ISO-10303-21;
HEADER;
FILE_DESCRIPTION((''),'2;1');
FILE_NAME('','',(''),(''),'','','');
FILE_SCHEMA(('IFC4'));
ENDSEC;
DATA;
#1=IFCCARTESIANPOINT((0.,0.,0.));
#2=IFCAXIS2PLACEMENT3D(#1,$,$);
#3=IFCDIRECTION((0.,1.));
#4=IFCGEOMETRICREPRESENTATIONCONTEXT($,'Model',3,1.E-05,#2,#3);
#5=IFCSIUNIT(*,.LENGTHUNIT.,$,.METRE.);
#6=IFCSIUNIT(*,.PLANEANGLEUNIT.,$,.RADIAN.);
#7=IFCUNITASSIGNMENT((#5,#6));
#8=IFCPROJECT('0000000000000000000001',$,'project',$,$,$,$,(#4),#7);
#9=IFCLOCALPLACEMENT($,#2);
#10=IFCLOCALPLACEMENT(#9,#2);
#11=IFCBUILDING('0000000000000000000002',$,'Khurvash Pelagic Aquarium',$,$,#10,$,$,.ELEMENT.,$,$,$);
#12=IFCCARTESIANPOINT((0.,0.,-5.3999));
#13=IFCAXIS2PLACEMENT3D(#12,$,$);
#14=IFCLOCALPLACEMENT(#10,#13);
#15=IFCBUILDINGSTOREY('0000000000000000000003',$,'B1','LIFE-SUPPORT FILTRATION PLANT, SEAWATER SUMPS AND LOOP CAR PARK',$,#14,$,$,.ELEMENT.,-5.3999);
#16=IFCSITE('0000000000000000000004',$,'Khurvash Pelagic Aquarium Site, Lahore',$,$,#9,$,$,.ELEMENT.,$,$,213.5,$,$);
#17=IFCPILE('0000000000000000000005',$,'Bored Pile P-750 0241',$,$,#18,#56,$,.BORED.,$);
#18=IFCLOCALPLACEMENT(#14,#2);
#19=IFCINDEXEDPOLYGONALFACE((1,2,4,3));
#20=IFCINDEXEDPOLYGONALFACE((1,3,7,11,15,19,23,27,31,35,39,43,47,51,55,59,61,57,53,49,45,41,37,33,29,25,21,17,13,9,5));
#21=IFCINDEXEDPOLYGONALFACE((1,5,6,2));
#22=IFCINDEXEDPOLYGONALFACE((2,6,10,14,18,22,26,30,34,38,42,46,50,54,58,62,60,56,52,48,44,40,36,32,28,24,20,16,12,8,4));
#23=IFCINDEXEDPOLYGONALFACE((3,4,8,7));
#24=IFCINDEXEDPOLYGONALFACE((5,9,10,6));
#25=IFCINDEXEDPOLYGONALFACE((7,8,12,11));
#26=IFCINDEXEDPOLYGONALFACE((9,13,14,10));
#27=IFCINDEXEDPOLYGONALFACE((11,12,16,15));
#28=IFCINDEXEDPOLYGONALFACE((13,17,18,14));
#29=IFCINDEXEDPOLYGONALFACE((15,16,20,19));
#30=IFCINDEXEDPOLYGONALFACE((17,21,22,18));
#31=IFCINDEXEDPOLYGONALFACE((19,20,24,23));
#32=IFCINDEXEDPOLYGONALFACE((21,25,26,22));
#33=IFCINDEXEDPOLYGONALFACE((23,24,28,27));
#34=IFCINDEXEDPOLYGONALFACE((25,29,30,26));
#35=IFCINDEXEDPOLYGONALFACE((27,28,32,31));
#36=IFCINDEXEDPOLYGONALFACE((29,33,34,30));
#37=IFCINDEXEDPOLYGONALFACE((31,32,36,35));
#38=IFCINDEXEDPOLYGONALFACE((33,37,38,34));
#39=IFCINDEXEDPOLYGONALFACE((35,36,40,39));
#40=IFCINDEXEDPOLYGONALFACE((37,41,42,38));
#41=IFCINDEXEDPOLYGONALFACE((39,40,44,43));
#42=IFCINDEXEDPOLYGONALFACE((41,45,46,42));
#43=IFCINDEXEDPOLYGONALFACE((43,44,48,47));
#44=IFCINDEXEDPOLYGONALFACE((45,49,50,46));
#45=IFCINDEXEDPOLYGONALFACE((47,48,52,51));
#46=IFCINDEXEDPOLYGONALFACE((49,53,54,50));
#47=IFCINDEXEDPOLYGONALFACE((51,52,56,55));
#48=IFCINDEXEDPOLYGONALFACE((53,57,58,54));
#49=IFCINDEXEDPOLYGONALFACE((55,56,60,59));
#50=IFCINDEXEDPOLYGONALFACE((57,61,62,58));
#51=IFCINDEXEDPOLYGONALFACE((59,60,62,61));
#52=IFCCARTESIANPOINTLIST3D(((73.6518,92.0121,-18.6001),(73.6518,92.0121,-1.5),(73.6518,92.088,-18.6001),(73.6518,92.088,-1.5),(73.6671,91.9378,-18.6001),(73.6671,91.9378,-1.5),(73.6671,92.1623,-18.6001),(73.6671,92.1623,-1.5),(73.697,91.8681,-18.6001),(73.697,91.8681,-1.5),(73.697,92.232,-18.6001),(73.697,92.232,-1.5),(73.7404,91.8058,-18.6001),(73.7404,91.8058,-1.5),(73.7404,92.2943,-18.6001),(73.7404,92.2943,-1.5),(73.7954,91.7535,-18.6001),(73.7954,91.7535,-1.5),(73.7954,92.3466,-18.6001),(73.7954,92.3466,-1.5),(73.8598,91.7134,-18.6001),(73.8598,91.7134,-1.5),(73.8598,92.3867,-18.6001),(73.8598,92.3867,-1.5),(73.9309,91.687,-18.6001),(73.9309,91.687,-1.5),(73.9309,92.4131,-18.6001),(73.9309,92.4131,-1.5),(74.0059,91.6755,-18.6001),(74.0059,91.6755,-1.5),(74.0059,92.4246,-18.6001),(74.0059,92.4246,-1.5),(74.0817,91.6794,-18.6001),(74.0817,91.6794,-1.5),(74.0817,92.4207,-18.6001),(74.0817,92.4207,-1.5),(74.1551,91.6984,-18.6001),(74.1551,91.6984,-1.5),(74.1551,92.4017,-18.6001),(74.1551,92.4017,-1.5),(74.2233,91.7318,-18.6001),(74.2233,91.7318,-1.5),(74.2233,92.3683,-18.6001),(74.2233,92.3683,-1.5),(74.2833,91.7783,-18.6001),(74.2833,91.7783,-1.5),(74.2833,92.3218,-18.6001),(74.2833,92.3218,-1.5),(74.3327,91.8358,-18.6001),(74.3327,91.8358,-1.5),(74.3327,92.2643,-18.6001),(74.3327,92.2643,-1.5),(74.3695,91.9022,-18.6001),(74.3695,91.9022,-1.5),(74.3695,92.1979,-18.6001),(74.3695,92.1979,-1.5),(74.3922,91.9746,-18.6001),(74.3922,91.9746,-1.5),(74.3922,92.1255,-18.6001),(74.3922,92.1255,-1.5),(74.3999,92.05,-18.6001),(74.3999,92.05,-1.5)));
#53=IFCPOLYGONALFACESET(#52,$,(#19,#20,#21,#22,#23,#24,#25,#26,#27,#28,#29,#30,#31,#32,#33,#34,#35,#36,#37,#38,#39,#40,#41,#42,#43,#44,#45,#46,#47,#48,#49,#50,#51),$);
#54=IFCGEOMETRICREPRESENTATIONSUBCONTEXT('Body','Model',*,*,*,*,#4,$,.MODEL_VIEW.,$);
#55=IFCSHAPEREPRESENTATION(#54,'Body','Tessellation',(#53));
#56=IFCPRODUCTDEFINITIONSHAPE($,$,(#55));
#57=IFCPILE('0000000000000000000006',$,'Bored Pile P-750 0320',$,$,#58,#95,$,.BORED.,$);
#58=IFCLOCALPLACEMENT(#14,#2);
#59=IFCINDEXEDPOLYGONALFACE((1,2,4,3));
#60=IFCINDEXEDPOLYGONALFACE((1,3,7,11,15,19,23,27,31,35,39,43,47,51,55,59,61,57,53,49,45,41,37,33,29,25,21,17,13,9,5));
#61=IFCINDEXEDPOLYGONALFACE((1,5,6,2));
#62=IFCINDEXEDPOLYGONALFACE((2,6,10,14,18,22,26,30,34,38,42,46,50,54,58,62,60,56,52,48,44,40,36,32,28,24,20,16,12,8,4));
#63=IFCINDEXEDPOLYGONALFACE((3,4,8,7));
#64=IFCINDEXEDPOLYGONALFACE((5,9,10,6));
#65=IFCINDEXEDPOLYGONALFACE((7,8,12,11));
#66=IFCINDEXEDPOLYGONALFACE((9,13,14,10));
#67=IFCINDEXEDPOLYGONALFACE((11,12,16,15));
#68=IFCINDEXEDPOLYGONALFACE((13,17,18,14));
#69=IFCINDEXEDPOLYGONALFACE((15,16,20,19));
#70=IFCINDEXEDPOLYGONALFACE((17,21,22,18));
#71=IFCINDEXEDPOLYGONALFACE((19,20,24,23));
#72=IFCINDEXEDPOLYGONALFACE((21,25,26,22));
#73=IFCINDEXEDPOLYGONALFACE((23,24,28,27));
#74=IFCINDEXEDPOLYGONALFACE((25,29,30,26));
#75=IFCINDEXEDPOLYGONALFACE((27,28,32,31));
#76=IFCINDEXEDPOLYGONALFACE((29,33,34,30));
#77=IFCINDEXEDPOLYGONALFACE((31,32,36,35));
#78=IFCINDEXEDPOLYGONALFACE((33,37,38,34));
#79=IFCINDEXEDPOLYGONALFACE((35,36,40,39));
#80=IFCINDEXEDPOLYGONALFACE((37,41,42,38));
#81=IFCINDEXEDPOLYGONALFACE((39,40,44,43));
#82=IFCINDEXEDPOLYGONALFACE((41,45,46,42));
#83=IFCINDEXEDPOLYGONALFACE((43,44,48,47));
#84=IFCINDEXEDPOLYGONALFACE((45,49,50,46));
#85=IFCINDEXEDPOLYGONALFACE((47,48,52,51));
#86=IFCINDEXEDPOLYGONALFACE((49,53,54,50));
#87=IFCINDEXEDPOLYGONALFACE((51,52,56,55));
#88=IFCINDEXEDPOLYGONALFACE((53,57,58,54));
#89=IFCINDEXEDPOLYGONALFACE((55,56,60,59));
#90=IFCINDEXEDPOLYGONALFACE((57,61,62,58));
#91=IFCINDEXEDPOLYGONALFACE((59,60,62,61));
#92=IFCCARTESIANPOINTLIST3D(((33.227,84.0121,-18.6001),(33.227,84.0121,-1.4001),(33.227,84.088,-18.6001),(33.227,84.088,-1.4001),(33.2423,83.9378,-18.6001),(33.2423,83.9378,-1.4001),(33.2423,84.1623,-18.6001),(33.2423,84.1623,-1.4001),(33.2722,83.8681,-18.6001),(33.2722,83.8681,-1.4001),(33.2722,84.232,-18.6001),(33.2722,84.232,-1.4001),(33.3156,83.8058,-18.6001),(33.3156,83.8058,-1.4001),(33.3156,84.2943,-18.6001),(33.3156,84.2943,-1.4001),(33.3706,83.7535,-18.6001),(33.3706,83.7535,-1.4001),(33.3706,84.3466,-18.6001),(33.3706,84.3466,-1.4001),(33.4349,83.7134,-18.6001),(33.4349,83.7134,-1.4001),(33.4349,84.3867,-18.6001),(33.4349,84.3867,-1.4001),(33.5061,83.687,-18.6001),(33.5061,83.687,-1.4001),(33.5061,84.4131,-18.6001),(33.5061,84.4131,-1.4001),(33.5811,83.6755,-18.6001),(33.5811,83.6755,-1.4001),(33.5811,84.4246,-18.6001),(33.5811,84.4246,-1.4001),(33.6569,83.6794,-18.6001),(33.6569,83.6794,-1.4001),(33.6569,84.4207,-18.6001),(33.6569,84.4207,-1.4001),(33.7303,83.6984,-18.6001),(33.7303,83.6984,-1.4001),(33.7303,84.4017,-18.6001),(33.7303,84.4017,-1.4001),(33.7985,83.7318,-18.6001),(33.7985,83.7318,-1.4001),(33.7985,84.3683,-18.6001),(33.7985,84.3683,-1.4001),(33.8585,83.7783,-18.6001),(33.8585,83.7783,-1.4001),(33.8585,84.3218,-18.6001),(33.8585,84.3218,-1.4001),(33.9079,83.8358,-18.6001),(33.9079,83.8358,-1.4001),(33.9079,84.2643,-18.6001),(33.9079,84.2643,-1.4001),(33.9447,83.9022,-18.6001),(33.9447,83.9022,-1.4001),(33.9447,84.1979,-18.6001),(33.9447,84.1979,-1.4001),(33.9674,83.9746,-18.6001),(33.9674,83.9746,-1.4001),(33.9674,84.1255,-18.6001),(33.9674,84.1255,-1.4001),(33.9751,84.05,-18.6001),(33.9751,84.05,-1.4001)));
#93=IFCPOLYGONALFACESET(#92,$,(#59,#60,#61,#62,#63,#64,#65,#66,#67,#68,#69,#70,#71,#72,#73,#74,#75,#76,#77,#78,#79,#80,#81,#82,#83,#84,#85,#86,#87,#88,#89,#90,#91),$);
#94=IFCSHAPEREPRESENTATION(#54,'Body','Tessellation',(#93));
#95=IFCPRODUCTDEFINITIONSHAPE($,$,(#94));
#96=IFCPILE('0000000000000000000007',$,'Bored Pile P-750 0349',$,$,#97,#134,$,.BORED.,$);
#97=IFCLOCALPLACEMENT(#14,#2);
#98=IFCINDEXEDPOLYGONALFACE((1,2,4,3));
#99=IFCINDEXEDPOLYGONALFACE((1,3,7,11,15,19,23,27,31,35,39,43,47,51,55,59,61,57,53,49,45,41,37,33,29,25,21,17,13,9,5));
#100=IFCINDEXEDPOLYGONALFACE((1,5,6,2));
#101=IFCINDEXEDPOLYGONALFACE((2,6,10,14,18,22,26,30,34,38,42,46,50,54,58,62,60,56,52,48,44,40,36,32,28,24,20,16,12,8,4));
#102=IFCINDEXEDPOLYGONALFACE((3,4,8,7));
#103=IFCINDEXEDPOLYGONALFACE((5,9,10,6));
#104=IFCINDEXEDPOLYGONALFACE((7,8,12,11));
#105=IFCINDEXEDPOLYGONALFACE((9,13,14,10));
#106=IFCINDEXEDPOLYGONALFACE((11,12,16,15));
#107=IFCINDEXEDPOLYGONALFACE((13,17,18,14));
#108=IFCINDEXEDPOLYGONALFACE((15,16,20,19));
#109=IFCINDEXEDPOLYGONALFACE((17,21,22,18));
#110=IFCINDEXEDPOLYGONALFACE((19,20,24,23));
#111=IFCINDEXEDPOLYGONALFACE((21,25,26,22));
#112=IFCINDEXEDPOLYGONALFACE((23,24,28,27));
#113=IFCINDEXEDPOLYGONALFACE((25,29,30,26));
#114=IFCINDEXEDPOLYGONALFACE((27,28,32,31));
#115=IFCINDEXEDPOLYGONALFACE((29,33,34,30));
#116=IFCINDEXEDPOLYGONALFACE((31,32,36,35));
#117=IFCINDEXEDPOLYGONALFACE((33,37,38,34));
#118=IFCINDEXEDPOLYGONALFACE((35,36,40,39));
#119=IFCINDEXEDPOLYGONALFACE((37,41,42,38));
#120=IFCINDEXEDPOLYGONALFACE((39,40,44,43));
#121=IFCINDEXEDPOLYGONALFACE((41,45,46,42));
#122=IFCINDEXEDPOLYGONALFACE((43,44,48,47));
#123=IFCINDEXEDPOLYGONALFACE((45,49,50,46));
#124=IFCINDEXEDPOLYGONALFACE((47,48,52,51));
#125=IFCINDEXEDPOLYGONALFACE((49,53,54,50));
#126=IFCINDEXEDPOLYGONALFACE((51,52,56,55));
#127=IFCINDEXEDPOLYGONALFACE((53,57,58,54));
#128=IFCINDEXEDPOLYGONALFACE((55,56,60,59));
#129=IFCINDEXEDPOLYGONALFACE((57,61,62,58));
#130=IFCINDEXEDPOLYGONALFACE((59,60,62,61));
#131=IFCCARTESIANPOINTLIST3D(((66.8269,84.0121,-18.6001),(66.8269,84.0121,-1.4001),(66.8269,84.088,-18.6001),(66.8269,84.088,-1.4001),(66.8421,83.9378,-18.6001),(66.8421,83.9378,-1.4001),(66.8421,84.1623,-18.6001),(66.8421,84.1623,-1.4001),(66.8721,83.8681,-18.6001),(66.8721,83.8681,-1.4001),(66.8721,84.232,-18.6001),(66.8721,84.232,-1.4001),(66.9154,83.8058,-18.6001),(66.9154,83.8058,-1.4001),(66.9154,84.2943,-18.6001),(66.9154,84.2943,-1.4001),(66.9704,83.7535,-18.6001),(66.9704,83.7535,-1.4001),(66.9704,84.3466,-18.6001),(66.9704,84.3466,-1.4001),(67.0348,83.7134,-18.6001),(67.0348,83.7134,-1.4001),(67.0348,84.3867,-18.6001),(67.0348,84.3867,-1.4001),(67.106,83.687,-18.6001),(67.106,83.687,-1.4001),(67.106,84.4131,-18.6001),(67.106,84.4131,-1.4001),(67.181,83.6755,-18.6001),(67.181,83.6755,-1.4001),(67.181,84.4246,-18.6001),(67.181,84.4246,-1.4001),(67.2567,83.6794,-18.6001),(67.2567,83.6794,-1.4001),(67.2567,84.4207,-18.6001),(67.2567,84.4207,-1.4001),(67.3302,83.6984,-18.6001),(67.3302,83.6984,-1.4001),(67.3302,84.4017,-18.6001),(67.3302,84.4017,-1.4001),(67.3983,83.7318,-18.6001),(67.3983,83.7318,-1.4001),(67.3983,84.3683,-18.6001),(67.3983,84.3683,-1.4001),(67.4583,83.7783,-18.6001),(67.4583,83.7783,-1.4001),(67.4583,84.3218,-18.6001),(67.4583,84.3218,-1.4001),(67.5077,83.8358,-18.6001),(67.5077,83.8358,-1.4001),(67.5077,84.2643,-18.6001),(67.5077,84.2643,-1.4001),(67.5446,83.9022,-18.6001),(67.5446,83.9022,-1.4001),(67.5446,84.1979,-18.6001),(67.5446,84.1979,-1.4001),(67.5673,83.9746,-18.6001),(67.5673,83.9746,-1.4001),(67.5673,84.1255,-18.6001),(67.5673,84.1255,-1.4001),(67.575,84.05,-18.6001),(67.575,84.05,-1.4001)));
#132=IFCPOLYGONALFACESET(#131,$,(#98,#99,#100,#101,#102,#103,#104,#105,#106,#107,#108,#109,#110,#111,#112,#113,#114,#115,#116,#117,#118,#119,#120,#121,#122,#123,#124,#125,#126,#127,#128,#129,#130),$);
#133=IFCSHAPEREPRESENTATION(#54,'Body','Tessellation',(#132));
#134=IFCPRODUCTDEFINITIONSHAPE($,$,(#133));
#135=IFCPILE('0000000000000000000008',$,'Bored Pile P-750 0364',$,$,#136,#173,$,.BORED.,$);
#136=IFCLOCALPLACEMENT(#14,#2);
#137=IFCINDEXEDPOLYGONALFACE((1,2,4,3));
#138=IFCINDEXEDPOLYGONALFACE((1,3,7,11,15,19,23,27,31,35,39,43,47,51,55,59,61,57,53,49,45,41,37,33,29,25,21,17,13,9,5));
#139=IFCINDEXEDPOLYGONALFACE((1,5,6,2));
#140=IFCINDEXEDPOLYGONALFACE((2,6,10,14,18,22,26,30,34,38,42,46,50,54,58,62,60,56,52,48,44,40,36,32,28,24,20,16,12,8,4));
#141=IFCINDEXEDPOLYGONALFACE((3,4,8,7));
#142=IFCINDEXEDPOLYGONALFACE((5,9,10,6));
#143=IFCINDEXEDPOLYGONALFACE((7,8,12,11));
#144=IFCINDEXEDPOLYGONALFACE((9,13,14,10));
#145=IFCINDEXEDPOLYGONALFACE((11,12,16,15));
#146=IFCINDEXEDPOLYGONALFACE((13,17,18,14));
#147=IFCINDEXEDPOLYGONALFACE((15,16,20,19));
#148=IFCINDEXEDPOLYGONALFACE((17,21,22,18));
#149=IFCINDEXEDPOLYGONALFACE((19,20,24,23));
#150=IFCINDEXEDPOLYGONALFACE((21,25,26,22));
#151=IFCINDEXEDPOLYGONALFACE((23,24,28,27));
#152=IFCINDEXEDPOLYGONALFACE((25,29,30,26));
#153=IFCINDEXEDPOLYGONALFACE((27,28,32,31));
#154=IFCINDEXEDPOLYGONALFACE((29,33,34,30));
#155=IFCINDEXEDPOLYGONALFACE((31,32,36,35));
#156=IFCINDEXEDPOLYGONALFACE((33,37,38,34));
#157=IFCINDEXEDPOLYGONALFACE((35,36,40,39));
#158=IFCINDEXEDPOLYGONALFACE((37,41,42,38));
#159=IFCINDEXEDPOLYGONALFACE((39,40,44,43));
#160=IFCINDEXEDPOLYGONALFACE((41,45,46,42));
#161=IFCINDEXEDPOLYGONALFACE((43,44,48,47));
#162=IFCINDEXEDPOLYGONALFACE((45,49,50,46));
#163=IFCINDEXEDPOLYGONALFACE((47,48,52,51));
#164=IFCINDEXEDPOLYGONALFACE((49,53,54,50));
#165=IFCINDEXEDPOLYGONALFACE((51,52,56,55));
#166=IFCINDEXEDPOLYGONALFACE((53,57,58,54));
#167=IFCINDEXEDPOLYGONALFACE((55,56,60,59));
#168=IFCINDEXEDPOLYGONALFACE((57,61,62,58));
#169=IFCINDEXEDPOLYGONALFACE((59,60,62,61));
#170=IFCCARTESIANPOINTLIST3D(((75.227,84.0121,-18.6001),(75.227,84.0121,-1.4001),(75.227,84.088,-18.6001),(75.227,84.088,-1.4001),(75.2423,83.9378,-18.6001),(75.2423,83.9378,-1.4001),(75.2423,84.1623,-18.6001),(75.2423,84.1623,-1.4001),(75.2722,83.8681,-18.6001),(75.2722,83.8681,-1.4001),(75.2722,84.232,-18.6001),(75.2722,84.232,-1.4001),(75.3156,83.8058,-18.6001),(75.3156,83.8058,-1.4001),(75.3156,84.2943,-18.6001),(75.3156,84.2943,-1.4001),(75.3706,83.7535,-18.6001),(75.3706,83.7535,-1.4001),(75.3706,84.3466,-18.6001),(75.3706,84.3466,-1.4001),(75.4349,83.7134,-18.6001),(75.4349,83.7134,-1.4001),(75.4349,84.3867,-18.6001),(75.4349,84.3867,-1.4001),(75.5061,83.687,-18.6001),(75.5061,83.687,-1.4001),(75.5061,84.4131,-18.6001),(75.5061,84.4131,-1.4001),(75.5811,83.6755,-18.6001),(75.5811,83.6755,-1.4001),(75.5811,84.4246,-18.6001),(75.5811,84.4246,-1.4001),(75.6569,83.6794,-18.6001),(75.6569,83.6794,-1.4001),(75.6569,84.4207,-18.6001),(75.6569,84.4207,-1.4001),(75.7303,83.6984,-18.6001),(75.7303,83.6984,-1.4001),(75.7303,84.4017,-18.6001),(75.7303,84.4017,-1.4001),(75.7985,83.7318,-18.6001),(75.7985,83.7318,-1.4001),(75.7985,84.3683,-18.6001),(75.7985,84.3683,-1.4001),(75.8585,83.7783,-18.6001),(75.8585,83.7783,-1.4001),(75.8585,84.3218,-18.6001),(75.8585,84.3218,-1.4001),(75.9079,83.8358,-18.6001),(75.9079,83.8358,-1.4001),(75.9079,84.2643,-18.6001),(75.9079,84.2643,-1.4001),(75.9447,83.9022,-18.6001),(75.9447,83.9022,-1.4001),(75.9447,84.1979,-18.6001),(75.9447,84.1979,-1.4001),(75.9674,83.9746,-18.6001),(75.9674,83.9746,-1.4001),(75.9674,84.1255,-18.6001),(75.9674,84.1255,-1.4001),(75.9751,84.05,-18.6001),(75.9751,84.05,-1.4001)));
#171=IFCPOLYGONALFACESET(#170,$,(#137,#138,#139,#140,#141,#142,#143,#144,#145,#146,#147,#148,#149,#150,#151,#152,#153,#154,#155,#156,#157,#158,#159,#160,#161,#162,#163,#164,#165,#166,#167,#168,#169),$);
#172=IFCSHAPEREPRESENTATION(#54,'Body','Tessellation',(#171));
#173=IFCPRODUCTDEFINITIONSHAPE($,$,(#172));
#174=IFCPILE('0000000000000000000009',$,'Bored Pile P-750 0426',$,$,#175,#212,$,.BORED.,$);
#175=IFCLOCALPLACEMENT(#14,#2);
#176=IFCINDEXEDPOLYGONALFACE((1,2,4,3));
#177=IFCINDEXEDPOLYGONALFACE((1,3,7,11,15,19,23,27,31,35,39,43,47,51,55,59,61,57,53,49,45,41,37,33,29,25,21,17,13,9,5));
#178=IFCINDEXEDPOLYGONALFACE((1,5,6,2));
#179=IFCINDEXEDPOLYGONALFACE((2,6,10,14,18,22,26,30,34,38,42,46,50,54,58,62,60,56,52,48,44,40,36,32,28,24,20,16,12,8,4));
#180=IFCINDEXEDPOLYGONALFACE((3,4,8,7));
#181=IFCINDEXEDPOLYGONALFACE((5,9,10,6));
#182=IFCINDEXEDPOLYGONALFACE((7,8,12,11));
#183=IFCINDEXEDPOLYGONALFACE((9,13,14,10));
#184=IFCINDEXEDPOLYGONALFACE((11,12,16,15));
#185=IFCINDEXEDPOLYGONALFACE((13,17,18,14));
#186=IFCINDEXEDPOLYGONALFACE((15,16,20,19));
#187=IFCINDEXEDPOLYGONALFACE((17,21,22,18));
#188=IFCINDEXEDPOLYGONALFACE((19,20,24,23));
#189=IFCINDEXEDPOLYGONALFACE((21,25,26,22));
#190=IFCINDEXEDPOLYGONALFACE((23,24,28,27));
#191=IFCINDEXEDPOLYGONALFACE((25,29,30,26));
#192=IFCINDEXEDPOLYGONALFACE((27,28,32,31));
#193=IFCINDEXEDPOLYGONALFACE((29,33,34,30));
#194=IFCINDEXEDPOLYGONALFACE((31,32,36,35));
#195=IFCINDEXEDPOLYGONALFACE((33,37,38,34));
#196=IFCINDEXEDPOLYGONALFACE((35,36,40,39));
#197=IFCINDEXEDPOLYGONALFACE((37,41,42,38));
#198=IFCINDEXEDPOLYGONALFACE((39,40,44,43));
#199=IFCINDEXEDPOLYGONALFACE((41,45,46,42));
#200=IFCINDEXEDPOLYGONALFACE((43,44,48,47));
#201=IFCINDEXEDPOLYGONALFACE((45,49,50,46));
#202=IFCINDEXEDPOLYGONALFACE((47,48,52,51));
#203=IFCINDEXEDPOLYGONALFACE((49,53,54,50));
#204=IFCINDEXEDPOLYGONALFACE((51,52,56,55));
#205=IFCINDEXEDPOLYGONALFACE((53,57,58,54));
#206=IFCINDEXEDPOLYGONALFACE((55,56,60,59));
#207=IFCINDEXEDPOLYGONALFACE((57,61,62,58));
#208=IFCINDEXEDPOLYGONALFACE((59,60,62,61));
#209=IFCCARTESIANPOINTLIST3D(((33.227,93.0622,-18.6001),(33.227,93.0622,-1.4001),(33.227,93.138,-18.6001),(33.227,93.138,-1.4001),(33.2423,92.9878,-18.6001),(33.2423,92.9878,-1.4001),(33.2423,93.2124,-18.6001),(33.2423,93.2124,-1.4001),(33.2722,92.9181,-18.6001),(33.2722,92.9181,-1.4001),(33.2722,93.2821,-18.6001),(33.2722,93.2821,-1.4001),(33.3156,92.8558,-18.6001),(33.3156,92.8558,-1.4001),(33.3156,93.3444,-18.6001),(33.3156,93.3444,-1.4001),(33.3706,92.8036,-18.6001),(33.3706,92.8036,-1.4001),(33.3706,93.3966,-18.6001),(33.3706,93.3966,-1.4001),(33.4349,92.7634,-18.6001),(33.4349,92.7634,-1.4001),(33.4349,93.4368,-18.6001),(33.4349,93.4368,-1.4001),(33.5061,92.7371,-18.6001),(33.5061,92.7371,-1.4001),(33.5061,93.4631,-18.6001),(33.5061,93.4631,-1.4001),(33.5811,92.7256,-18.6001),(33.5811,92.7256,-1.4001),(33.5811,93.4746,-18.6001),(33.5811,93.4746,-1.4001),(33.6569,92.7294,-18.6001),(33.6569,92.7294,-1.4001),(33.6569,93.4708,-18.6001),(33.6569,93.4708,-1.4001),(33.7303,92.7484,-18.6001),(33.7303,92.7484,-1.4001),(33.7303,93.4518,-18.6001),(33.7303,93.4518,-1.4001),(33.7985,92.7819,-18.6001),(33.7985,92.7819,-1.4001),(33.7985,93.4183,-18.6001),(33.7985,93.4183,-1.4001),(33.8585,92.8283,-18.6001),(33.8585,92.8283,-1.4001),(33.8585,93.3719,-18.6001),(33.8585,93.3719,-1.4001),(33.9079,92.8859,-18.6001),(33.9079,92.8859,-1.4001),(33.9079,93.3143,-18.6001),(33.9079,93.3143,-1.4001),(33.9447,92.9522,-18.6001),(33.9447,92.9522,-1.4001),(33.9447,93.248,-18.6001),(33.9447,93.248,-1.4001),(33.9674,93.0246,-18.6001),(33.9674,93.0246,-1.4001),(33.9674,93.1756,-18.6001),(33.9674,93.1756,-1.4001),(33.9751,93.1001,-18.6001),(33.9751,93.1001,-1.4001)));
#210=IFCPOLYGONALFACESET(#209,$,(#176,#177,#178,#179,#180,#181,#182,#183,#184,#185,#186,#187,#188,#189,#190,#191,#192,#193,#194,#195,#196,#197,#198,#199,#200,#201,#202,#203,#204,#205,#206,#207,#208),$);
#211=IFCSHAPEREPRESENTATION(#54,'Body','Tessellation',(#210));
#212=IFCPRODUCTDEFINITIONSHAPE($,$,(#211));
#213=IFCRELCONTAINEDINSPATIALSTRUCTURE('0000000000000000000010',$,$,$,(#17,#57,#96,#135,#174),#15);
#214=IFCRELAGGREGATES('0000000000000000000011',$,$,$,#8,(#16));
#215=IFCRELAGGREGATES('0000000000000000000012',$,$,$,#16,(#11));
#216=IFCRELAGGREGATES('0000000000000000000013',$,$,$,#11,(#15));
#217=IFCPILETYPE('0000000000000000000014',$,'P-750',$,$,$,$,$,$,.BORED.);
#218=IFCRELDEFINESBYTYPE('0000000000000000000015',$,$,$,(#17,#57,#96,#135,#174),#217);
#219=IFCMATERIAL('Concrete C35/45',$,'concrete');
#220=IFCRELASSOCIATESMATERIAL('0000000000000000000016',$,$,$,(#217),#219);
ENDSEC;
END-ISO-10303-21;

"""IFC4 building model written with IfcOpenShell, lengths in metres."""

from ifc_helpers import new_model, si_unit, direction, frame, origin, origin_2d, place, context, subcontext, project, spatial, circle, extrude, material, material_profile, profile_set, type_object, element, save


model = new_model("IFC4")

# Units and contexts
model_context = context("Model", 3, precision=1e-05, world=origin(), true_north=direction((0.0, 1.0)))
body_context = subcontext(model_context, "Body", "Model", "MODEL_VIEW")
ifc_project = project(units=[si_unit("LENGTHUNIT", "METRE"), si_unit("PLANEANGLEUNIT", "RADIAN")], contexts=[model_context])

# Site, building, storey
site_placement = place(None, origin())
site = spatial("IfcSite", under=ifc_project, at=site_placement, Name="Khurvash Pelagic Aquarium Site, Lahore", CompositionType="ELEMENT", RefElevation=213.5)
building_placement = place(site_placement, origin())
building = spatial("IfcBuilding", under=site, at=building_placement, Name="Khurvash Pelagic Aquarium", CompositionType="ELEMENT")
storey_placement = place(building_placement, frame((0.0, 0.0, -5.3999)))
storey = spatial("IfcBuildingStorey", under=building, at=storey_placement, Name="B1", Description="LIFE-SUPPORT FILTRATION PLANT, SEAWATER SUMPS AND LOOP CAR PARK", CompositionType="ELEMENT", Elevation=-5.3999)

# Shared definitions
ifc_material_1 = material(Name="Concrete C35/45", Category="concrete")

# Piles
ifc_material_profile_1 = material_profile(ifc_material_1, circle(Radius=0.375, at=origin_2d()), Name="PILE750")
ifc_profile_set_1 = profile_set([ifc_material_profile_1], Name="Concrete C35/45")
pile_type = type_object("IfcPileType", Name="P-750", PredefinedType="BORED", material=ifc_profile_set_1)
for number, where, z_axis, x_axis, name in (
    (1, (74.0249, 92.05, -1.5), (0.0, 0.0, -1.0), (1.0, 0.0, 0.0), "Bored Pile P-750 0241"),
):
    element("IfcPile", number, at=place(storey_placement, frame(where, z_axis=z_axis, x_axis=x_axis)), inside=storey, type_object=pile_type, Name=name, PredefinedType="BORED", context=body_context, shape_type="SweptSolid", body=[
        extrude(circle(Radius=0.375, at=origin_2d()), origin(), (0.0, 0.0, 1.0), 17.1001),
    ])
for number, where, z_axis, x_axis, name in (
    (2, (33.6001, 84.05, -1.4001), (0.0, 0.0, -1.0), (1.0, 0.0, 0.0), "Bored Pile P-750 0320"),
    (3, (67.2, 84.05, -1.4001), (0.0, 0.0, -1.0), (1.0, 0.0, 0.0), "Bored Pile P-750 0349"),
    (4, (75.6001, 84.05, -1.4001), (0.0, 0.0, -1.0), (1.0, 0.0, 0.0), "Bored Pile P-750 0364"),
    (5, (33.6001, 93.1001, -1.4001), (0.0, 0.0, -1.0), (1.0, 0.0, 0.0), "Bored Pile P-750 0426"),
):
    element("IfcPile", number, at=place(storey_placement, frame(where, z_axis=z_axis, x_axis=x_axis)), inside=storey, type_object=pile_type, Name=name, PredefinedType="BORED", context=body_context, shape_type="SweptSolid", body=[
        extrude(circle(Radius=0.375, at=origin_2d()), origin(), (0.0, 0.0, 1.0), 17.2),
    ])

save(model, "model.ifc")
